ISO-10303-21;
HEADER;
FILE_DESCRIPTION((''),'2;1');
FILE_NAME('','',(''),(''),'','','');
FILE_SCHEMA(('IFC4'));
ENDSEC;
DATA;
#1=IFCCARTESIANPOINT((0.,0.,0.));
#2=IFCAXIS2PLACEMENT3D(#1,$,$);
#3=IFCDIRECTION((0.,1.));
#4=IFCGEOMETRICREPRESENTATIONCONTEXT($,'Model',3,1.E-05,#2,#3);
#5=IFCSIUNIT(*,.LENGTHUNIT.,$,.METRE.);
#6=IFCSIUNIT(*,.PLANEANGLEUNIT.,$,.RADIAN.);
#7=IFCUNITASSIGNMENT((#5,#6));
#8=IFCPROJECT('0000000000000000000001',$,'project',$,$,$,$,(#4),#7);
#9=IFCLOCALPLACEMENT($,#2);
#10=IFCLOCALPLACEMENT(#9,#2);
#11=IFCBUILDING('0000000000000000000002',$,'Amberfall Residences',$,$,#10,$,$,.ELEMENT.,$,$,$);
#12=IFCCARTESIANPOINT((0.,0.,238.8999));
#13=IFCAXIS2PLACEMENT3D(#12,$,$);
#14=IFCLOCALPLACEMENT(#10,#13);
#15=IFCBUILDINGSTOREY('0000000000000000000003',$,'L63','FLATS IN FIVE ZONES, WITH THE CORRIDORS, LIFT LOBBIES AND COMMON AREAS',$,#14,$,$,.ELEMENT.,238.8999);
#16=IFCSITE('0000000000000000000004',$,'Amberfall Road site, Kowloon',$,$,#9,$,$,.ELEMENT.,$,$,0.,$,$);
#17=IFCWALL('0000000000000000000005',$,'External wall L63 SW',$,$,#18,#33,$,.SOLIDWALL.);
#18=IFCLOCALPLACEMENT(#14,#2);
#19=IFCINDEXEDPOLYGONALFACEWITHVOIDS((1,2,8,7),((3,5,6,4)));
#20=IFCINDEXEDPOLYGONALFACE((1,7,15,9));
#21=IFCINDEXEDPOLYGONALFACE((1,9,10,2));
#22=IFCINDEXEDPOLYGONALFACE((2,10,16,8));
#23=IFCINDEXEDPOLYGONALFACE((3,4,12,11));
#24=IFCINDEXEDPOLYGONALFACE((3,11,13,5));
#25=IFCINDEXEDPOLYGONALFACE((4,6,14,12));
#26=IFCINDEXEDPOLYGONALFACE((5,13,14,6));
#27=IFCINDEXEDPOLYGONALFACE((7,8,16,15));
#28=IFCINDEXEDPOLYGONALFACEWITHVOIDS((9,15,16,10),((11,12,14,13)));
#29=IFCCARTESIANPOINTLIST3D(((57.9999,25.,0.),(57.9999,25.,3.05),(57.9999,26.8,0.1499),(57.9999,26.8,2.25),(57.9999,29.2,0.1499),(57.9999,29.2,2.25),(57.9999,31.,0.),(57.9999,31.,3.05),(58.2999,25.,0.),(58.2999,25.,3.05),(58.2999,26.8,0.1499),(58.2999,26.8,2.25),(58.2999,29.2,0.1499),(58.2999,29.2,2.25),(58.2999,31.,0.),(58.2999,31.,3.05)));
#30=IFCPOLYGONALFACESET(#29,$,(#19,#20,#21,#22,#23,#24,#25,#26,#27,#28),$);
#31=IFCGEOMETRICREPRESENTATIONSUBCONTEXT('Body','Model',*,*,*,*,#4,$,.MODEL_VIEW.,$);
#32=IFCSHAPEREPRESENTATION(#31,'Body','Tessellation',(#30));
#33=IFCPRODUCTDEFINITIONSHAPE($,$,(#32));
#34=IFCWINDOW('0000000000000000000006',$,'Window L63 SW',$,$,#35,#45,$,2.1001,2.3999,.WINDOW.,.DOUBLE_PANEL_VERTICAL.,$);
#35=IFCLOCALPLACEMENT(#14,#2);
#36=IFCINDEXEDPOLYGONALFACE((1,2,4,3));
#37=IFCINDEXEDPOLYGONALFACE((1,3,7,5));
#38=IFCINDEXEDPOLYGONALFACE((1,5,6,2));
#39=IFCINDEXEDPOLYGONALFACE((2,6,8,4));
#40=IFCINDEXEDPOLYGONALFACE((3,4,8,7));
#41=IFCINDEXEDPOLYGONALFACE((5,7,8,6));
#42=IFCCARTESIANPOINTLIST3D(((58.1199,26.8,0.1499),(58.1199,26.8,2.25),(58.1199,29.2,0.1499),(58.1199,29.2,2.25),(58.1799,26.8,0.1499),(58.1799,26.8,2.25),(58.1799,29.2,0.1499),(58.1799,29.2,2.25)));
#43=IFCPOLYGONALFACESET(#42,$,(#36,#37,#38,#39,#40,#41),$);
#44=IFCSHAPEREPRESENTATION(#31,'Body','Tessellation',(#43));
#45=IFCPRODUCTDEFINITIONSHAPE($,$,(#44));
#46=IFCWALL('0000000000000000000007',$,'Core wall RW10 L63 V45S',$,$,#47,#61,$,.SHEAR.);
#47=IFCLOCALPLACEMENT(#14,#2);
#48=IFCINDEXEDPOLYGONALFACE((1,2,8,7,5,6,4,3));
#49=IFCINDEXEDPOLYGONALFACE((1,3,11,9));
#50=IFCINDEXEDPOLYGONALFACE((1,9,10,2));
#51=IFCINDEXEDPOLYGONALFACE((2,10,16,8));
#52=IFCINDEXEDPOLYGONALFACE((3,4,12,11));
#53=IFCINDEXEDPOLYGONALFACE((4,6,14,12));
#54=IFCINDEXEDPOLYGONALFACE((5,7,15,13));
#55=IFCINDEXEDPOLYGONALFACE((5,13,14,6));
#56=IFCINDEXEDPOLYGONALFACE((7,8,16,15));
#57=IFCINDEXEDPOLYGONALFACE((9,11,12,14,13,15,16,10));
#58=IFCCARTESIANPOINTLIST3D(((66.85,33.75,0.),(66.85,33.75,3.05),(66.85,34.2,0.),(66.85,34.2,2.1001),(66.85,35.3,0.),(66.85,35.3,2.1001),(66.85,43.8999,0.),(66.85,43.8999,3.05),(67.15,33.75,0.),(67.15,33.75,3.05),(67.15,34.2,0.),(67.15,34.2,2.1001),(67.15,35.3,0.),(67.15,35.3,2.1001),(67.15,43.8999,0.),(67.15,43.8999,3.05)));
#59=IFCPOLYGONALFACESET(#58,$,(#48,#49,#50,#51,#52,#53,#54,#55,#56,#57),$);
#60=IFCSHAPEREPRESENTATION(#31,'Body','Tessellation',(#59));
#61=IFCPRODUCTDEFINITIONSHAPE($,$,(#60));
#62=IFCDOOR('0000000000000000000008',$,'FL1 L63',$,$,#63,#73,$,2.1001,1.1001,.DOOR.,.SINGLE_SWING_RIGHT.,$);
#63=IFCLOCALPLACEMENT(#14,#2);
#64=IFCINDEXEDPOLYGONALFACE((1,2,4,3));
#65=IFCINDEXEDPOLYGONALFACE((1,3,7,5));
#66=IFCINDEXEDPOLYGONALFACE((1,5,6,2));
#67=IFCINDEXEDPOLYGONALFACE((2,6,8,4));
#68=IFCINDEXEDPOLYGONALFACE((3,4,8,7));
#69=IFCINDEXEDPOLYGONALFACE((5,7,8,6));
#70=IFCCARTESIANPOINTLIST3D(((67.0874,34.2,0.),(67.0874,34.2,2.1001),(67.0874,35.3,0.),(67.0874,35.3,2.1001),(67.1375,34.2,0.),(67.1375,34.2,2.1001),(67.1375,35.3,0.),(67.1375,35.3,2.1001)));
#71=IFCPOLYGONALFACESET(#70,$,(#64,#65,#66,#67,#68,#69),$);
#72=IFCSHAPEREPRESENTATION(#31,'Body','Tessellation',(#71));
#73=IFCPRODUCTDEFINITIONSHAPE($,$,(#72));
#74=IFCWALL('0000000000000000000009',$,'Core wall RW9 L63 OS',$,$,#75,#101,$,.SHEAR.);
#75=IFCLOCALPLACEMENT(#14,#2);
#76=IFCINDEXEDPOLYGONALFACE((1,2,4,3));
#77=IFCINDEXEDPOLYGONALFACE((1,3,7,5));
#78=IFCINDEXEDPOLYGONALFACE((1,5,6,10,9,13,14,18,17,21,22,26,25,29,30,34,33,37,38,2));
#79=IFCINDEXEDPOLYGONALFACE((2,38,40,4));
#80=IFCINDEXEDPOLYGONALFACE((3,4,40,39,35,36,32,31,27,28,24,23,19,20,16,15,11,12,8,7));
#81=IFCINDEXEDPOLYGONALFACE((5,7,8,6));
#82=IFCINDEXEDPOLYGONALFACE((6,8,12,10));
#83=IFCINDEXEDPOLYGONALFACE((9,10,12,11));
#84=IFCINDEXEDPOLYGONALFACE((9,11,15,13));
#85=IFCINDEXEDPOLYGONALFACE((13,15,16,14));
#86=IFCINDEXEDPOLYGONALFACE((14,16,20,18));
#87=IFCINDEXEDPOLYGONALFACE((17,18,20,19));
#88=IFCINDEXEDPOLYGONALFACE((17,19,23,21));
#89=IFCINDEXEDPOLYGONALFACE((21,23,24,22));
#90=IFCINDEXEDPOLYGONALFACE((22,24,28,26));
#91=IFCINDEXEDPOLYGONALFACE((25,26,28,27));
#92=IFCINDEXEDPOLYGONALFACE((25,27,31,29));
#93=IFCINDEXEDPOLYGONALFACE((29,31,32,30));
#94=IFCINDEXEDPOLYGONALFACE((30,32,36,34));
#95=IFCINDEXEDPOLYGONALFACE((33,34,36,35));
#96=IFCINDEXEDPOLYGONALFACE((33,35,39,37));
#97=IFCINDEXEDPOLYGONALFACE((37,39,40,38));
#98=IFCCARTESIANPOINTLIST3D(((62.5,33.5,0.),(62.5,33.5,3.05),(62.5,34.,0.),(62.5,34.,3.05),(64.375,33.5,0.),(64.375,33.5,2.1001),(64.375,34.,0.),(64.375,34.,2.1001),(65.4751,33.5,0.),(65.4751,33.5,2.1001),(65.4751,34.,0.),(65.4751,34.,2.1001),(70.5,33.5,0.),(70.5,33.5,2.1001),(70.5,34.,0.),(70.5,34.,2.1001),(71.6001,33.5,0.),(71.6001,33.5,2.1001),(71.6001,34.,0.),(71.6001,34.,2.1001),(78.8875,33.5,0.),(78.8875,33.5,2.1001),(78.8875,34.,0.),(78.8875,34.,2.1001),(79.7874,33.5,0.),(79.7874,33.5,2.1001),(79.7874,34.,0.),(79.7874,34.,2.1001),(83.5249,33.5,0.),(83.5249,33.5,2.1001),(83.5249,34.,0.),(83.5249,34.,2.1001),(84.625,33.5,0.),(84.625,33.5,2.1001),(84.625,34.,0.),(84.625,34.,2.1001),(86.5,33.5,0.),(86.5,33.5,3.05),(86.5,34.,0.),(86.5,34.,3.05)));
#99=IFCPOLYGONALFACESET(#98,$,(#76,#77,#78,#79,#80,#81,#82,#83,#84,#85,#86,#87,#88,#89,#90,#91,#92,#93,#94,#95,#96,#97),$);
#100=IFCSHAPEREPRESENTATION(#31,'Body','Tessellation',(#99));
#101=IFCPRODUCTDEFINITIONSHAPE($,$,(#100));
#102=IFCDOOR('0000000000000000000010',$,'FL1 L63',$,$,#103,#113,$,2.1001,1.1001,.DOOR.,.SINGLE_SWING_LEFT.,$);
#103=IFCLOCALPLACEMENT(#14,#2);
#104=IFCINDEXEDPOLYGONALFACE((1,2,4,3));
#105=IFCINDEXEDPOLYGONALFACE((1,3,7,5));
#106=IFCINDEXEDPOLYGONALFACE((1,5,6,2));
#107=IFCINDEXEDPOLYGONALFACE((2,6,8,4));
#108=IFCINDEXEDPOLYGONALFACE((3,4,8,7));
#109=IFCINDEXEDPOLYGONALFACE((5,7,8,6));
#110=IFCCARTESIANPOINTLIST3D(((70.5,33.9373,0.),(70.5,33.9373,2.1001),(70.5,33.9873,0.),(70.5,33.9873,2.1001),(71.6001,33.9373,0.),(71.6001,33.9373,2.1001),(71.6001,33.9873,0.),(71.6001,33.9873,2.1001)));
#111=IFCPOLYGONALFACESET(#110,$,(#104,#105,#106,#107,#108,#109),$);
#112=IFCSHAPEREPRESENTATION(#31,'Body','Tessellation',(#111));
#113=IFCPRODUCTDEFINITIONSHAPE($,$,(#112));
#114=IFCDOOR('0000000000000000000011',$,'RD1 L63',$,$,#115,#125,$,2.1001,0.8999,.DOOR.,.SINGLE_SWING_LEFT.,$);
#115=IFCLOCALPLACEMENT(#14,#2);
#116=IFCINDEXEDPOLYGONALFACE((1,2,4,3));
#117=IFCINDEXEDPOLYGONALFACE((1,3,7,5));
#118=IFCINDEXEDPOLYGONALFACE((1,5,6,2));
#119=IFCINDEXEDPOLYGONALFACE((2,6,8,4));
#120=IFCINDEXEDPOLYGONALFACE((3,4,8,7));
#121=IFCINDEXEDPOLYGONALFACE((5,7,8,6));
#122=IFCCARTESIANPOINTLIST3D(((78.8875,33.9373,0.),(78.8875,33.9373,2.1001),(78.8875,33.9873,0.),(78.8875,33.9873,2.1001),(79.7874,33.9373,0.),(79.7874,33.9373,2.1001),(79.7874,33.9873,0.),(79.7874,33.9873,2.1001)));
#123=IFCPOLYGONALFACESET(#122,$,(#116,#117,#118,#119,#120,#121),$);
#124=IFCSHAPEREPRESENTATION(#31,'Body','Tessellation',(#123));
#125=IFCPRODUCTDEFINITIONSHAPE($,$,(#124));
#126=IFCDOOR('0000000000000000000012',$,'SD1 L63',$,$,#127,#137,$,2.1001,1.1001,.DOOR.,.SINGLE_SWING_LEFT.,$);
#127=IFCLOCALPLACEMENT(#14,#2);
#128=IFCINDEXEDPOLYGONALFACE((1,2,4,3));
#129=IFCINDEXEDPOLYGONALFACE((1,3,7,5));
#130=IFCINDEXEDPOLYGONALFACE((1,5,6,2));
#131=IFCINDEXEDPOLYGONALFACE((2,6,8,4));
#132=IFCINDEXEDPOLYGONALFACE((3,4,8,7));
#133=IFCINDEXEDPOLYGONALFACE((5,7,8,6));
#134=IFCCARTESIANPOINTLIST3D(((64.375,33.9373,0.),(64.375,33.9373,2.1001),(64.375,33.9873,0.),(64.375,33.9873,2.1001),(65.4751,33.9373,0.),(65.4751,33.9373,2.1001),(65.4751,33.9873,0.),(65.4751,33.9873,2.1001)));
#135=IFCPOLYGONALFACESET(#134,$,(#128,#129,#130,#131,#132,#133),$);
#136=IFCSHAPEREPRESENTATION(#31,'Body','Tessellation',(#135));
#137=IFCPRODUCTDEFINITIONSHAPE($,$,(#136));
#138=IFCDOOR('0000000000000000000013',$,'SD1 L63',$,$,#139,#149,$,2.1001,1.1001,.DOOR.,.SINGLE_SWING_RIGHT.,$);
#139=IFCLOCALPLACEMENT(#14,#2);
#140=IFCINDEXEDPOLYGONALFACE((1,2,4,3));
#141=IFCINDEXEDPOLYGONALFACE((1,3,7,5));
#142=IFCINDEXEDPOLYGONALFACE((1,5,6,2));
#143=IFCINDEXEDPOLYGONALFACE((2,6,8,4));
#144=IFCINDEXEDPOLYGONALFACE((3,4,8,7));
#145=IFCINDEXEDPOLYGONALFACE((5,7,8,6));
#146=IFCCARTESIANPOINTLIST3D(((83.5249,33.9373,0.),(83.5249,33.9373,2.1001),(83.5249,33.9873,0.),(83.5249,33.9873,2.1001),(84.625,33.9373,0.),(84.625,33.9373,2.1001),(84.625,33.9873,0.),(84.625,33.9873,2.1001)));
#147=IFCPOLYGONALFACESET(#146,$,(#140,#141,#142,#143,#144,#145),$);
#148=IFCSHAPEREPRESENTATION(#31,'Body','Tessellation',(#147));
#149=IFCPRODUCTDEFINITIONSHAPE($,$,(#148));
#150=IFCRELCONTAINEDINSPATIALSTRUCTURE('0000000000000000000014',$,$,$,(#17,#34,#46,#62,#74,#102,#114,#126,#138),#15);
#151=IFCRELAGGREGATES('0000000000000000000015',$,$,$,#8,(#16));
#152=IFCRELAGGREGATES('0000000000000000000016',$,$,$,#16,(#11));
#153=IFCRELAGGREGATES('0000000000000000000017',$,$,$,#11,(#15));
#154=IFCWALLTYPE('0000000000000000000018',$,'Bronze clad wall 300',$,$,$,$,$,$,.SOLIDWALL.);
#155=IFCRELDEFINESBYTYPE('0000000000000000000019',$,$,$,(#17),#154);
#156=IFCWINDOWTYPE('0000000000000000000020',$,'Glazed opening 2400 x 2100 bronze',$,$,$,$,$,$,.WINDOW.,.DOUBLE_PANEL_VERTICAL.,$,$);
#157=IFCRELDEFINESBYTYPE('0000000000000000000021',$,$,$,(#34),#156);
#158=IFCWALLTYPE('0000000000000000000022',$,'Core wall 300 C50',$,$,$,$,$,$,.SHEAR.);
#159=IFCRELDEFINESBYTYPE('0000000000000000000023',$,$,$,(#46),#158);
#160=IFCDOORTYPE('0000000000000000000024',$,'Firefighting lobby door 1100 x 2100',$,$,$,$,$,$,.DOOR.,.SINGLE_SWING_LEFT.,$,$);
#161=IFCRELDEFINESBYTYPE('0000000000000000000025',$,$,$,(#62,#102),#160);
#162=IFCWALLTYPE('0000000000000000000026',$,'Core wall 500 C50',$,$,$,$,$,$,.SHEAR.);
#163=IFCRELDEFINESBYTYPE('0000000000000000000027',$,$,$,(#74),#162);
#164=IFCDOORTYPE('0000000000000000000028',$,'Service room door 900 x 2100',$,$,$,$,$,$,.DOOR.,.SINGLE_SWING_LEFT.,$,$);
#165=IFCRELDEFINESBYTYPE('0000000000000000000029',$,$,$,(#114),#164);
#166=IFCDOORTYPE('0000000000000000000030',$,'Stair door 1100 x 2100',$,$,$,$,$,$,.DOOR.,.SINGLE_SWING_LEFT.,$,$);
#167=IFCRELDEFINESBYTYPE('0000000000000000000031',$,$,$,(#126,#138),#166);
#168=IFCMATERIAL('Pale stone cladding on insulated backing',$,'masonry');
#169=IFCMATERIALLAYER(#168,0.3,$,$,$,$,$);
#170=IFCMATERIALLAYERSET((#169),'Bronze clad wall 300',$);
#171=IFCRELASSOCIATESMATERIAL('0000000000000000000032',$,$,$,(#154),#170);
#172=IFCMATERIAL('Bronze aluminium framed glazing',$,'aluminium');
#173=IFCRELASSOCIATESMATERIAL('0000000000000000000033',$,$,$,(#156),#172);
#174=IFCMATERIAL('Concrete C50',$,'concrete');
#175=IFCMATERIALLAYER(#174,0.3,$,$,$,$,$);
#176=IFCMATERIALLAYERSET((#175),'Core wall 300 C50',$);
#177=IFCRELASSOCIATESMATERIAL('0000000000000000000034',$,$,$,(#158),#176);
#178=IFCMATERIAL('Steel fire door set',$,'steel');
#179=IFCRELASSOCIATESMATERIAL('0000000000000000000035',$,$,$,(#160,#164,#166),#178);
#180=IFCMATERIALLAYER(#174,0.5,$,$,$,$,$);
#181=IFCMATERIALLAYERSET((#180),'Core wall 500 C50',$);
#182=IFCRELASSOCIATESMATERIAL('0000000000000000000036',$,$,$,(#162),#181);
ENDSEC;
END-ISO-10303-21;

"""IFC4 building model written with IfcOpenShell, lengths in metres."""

from ifc_helpers import new_model, si_unit, direction, frame, frame_2d, origin, place, context, subcontext, project, spatial, rectangle, extrude, material, layer, layer_set, type_object, element, fill, save


model = new_model("IFC4")

# Units and contexts
model_context = context("Model", 3, precision=1e-05, world=origin(), true_north=direction((0.0, 1.0)))
body_context = subcontext(model_context, "Body", "Model", "MODEL_VIEW")
ifc_project = project(units=[si_unit("LENGTHUNIT", "METRE"), si_unit("PLANEANGLEUNIT", "RADIAN")], contexts=[model_context])

# Site, building, storey
site_placement = place(None, origin())
site = spatial("IfcSite", under=ifc_project, at=site_placement, Name="Amberfall Road site, Kowloon", CompositionType="ELEMENT", RefElevation=0.0)
building_placement = place(site_placement, origin())
building = spatial("IfcBuilding", under=site, at=building_placement, Name="Amberfall Residences", CompositionType="ELEMENT")
storey_placement = place(building_placement, frame((0.0, 0.0, 238.8999)))
storey = spatial("IfcBuildingStorey", under=building, at=storey_placement, Name="L63", Description="FLATS IN FIVE ZONES, WITH THE CORRIDORS, LIFT LOBBIES AND COMMON AREAS", CompositionType="ELEMENT", Elevation=238.8999)

# Wall, opening, window
ifc_material_1 = material(Name="Pale stone cladding on insulated backing", Category="masonry")
ifc_layer_1 = layer(ifc_material_1, 0.3)
ifc_layer_set_1 = layer_set([ifc_layer_1], Name="Bronze clad wall 300")
wall_type_1 = type_object("IfcWallType", Name="Bronze clad wall 300", PredefinedType="SOLIDWALL", material=ifc_layer_set_1)
wall_1_placement = place(storey_placement, frame((58.1499, 31.0, 0.0), z_axis=(0.0, 0.0, 1.0), x_axis=(0.0, -1.0, 0.0)))
wall_1 = element("IfcWall", 1, at=wall_1_placement, inside=storey, type_object=wall_type_1, Name="External wall L63 SW", PredefinedType="SOLIDWALL", context=body_context, shape_type="SweptSolid", body=[
    extrude(rectangle(XDim=6.0, YDim=0.3, at=frame_2d((3.0, 0.0))), origin(), (0.0, 0.0, 1.0), 3.05),
])
opening_1_placement = place(wall_1_placement, frame((1.8, 0.0, 0.1499)))
opening_1 = element("IfcOpeningElement", 2, at=opening_1_placement, cuts=wall_1, PredefinedType="OPENING", context=body_context, shape_type="SweptSolid", body=[
    extrude(rectangle(XDim=2.3999, YDim=2.1001, at=frame_2d((1.2, 1.05))), frame((0.0, 0.1599, 0.0), z_axis=(0.0, -1.0, 0.0), x_axis=(1.0, 0.0, 0.0)), (0.0, 0.0, 1.0), 0.3201),
])
ifc_material_2 = material(Name="Bronze aluminium framed glazing", Category="aluminium")
window_type = type_object("IfcWindowType", Name="Glazed opening 2400 x 2100 bronze", PartitioningType="DOUBLE_PANEL_VERTICAL", PredefinedType="WINDOW", material=ifc_material_2)
window_placement = place(opening_1_placement, origin())
window = element("IfcWindow", 3, at=window_placement, inside=storey, type_object=window_type, Name="Window L63 SW", OverallHeight=2.1001, OverallWidth=2.3999, PartitioningType="DOUBLE_PANEL_VERTICAL", PredefinedType="WINDOW", context=body_context, shape_type="SweptSolid", body=[
    extrude(rectangle(XDim=2.3999, YDim=2.1001, at=frame_2d((1.2, 1.05))), frame((0.0, 0.03, 0.0), z_axis=(0.0, -1.0, 0.0), x_axis=(1.0, 0.0, 0.0)), (0.0, 0.0, 1.0), 0.0601),
])
fill(opening_1, window)

# Wall, opening, door
ifc_material_3 = material(Name="Concrete C50", Category="concrete")
ifc_layer_2 = layer(ifc_material_3, 0.3)
ifc_layer_set_2 = layer_set([ifc_layer_2], Name="Core wall 300 C50")
wall_type_2 = type_object("IfcWallType", Name="Core wall 300 C50", PredefinedType="SHEAR", material=ifc_layer_set_2)
wall_2_placement = place(storey_placement, frame((67.0, 33.75, 0.0), z_axis=(0.0, 0.0, 1.0), x_axis=(0.0, 1.0, 0.0)))
wall_2 = element("IfcWall", 4, at=wall_2_placement, inside=storey, type_object=wall_type_2, Name="Core wall RW10 L63 V45S", PredefinedType="SHEAR", context=body_context, shape_type="SweptSolid", body=[
    extrude(rectangle(XDim=10.1499, YDim=0.3, at=frame_2d((5.075, 0.0))), origin(), (0.0, 0.0, 1.0), 3.05),
])
opening_2_placement = place(wall_2_placement, frame((0.45, 0.0, 0.0)))
opening_2 = element("IfcOpeningElement", 5, at=opening_2_placement, cuts=wall_2, PredefinedType="OPENING", context=body_context, shape_type="SweptSolid", body=[
    extrude(rectangle(XDim=1.1001, YDim=2.1001, at=frame_2d((0.55, 1.05))), frame((0.0, 0.1599, 0.0), z_axis=(0.0, -1.0, 0.0), x_axis=(1.0, 0.0, 0.0)), (0.0, 0.0, 1.0), 0.3201),
])
ifc_material_4 = material(Name="Steel fire door set", Category="steel")
door_type_1 = type_object("IfcDoorType", Name="Firefighting lobby door 1100 x 2100", OperationType="SINGLE_SWING_LEFT", PredefinedType="DOOR", material=ifc_material_4)
door_1_placement = place(opening_2_placement, origin())
door_1 = element("IfcDoor", 6, at=door_1_placement, inside=storey, type_object=door_type_1, Name="FL1 L63", OperationType="SINGLE_SWING_RIGHT", OverallHeight=2.1001, OverallWidth=1.1001, PredefinedType="DOOR", context=body_context, shape_type="SweptSolid", body=[
    extrude(rectangle(XDim=1.1001, YDim=2.1001, at=frame_2d((0.55, 1.05))), frame((0.0, -0.0874, 0.0), z_axis=(0.0, -1.0, 0.0), x_axis=(1.0, 0.0, 0.0)), (0.0, 0.0, 1.0), 0.05),
])
fill(opening_2, door_1)

# Wall, openings, doors
ifc_layer_3 = layer(ifc_material_3, 0.5)
ifc_layer_set_3 = layer_set([ifc_layer_3], Name="Core wall 500 C50")
wall_type_3 = type_object("IfcWallType", Name="Core wall 500 C50", PredefinedType="SHEAR", material=ifc_layer_set_3)
wall_3_placement = place(storey_placement, frame((62.5, 33.75, 0.0), z_axis=(0.0, 0.0, 1.0), x_axis=(1.0, 0.0, 0.0)))
wall_3 = element("IfcWall", 7, at=wall_3_placement, inside=storey, type_object=wall_type_3, Name="Core wall RW9 L63 OS", PredefinedType="SHEAR", context=body_context, shape_type="SweptSolid", body=[
    extrude(rectangle(XDim=24.0, YDim=0.5, at=frame_2d((12.0, 0.0))), origin(), (0.0, 0.0, 1.0), 3.05),
])
opening_3_placement = place(wall_3_placement, frame((1.875, 0.0, 0.0)))
opening_3 = element("IfcOpeningElement", 8, at=opening_3_placement, cuts=wall_3, PredefinedType="OPENING", context=body_context, shape_type="SweptSolid", body=[
    extrude(rectangle(XDim=1.1001, YDim=2.1001, at=frame_2d((0.55, 1.05))), frame((0.0, 0.26, 0.0), z_axis=(0.0, -1.0, 0.0), x_axis=(1.0, 0.0, 0.0)), (0.0, 0.0, 1.0), 0.52),
])
opening_4_placement = place(wall_3_placement, frame((21.0249, 0.0, 0.0)))
opening_4 = element("IfcOpeningElement", 9, at=opening_4_placement, cuts=wall_3, PredefinedType="OPENING", context=body_context, shape_type="SweptSolid", body=[
    extrude(rectangle(XDim=1.1001, YDim=2.1001, at=frame_2d((0.55, 1.05))), frame((0.0, 0.26, 0.0), z_axis=(0.0, -1.0, 0.0), x_axis=(1.0, 0.0, 0.0)), (0.0, 0.0, 1.0), 0.52),
])
opening_5_placement = place(wall_3_placement, frame((8.0, 0.0, 0.0)))
opening_5 = element("IfcOpeningElement", 10, at=opening_5_placement, cuts=wall_3, PredefinedType="OPENING", context=body_context, shape_type="SweptSolid", body=[
    extrude(rectangle(XDim=1.1001, YDim=2.1001, at=frame_2d((0.55, 1.05))), frame((0.0, 0.26, 0.0), z_axis=(0.0, -1.0, 0.0), x_axis=(1.0, 0.0, 0.0)), (0.0, 0.0, 1.0), 0.52),
])
opening_6_placement = place(wall_3_placement, frame((16.3875, 0.0, 0.0)))
opening_6 = element("IfcOpeningElement", 11, at=opening_6_placement, cuts=wall_3, PredefinedType="OPENING", context=body_context, shape_type="SweptSolid", body=[
    extrude(rectangle(XDim=0.8999, YDim=2.1001, at=frame_2d((0.45, 1.05))), frame((0.0, 0.26, 0.0), z_axis=(0.0, -1.0, 0.0), x_axis=(1.0, 0.0, 0.0)), (0.0, 0.0, 1.0), 0.52),
])
door_2_placement = place(opening_5_placement, origin())
door_2 = element("IfcDoor", 12, at=door_2_placement, inside=storey, type_object=door_type_1, Name="FL1 L63", OperationType="SINGLE_SWING_LEFT", OverallHeight=2.1001, OverallWidth=1.1001, PredefinedType="DOOR", context=body_context, shape_type="SweptSolid", body=[
    extrude(rectangle(XDim=1.1001, YDim=2.1001, at=frame_2d((0.55, 1.05))), frame((0.0, 0.2373, 0.0), z_axis=(0.0, -1.0, 0.0), x_axis=(1.0, 0.0, 0.0)), (0.0, 0.0, 1.0), 0.05),
])
fill(opening_5, door_2)
door_type_2 = type_object("IfcDoorType", Name="Service room door 900 x 2100", OperationType="SINGLE_SWING_LEFT", PredefinedType="DOOR", material=ifc_material_4)
door_3_placement = place(opening_6_placement, origin())
door_3 = element("IfcDoor", 13, at=door_3_placement, inside=storey, type_object=door_type_2, Name="RD1 L63", OperationType="SINGLE_SWING_LEFT", OverallHeight=2.1001, OverallWidth=0.8999, PredefinedType="DOOR", context=body_context, shape_type="SweptSolid", body=[
    extrude(rectangle(XDim=0.8999, YDim=2.1001, at=frame_2d((0.45, 1.05))), frame((0.0, 0.2373, 0.0), z_axis=(0.0, -1.0, 0.0), x_axis=(1.0, 0.0, 0.0)), (0.0, 0.0, 1.0), 0.05),
])
fill(opening_6, door_3)
door_type_3 = type_object("IfcDoorType", Name="Stair door 1100 x 2100", OperationType="SINGLE_SWING_LEFT", PredefinedType="DOOR", material=ifc_material_4)
door_4_placement = place(opening_3_placement, origin())
door_4 = element("IfcDoor", 14, at=door_4_placement, inside=storey, type_object=door_type_3, Name="SD1 L63", OperationType="SINGLE_SWING_LEFT", OverallHeight=2.1001, OverallWidth=1.1001, PredefinedType="DOOR", context=body_context, shape_type="SweptSolid", body=[
    extrude(rectangle(XDim=1.1001, YDim=2.1001, at=frame_2d((0.55, 1.05))), frame((0.0, 0.2373, 0.0), z_axis=(0.0, -1.0, 0.0), x_axis=(1.0, 0.0, 0.0)), (0.0, 0.0, 1.0), 0.05),
])
fill(opening_3, door_4)
door_5_placement = place(opening_4_placement, origin())
door_5 = element("IfcDoor", 15, at=door_5_placement, inside=storey, type_object=door_type_3, Name="SD1 L63", OperationType="SINGLE_SWING_RIGHT", OverallHeight=2.1001, OverallWidth=1.1001, PredefinedType="DOOR", context=body_context, shape_type="SweptSolid", body=[
    extrude(rectangle(XDim=1.1001, YDim=2.1001, at=frame_2d((0.55, 1.05))), frame((0.0, 0.2373, 0.0), z_axis=(0.0, -1.0, 0.0), x_axis=(1.0, 0.0, 0.0)), (0.0, 0.0, 1.0), 0.05),
])
fill(opening_4, door_5)

save(model, "model.ifc")
